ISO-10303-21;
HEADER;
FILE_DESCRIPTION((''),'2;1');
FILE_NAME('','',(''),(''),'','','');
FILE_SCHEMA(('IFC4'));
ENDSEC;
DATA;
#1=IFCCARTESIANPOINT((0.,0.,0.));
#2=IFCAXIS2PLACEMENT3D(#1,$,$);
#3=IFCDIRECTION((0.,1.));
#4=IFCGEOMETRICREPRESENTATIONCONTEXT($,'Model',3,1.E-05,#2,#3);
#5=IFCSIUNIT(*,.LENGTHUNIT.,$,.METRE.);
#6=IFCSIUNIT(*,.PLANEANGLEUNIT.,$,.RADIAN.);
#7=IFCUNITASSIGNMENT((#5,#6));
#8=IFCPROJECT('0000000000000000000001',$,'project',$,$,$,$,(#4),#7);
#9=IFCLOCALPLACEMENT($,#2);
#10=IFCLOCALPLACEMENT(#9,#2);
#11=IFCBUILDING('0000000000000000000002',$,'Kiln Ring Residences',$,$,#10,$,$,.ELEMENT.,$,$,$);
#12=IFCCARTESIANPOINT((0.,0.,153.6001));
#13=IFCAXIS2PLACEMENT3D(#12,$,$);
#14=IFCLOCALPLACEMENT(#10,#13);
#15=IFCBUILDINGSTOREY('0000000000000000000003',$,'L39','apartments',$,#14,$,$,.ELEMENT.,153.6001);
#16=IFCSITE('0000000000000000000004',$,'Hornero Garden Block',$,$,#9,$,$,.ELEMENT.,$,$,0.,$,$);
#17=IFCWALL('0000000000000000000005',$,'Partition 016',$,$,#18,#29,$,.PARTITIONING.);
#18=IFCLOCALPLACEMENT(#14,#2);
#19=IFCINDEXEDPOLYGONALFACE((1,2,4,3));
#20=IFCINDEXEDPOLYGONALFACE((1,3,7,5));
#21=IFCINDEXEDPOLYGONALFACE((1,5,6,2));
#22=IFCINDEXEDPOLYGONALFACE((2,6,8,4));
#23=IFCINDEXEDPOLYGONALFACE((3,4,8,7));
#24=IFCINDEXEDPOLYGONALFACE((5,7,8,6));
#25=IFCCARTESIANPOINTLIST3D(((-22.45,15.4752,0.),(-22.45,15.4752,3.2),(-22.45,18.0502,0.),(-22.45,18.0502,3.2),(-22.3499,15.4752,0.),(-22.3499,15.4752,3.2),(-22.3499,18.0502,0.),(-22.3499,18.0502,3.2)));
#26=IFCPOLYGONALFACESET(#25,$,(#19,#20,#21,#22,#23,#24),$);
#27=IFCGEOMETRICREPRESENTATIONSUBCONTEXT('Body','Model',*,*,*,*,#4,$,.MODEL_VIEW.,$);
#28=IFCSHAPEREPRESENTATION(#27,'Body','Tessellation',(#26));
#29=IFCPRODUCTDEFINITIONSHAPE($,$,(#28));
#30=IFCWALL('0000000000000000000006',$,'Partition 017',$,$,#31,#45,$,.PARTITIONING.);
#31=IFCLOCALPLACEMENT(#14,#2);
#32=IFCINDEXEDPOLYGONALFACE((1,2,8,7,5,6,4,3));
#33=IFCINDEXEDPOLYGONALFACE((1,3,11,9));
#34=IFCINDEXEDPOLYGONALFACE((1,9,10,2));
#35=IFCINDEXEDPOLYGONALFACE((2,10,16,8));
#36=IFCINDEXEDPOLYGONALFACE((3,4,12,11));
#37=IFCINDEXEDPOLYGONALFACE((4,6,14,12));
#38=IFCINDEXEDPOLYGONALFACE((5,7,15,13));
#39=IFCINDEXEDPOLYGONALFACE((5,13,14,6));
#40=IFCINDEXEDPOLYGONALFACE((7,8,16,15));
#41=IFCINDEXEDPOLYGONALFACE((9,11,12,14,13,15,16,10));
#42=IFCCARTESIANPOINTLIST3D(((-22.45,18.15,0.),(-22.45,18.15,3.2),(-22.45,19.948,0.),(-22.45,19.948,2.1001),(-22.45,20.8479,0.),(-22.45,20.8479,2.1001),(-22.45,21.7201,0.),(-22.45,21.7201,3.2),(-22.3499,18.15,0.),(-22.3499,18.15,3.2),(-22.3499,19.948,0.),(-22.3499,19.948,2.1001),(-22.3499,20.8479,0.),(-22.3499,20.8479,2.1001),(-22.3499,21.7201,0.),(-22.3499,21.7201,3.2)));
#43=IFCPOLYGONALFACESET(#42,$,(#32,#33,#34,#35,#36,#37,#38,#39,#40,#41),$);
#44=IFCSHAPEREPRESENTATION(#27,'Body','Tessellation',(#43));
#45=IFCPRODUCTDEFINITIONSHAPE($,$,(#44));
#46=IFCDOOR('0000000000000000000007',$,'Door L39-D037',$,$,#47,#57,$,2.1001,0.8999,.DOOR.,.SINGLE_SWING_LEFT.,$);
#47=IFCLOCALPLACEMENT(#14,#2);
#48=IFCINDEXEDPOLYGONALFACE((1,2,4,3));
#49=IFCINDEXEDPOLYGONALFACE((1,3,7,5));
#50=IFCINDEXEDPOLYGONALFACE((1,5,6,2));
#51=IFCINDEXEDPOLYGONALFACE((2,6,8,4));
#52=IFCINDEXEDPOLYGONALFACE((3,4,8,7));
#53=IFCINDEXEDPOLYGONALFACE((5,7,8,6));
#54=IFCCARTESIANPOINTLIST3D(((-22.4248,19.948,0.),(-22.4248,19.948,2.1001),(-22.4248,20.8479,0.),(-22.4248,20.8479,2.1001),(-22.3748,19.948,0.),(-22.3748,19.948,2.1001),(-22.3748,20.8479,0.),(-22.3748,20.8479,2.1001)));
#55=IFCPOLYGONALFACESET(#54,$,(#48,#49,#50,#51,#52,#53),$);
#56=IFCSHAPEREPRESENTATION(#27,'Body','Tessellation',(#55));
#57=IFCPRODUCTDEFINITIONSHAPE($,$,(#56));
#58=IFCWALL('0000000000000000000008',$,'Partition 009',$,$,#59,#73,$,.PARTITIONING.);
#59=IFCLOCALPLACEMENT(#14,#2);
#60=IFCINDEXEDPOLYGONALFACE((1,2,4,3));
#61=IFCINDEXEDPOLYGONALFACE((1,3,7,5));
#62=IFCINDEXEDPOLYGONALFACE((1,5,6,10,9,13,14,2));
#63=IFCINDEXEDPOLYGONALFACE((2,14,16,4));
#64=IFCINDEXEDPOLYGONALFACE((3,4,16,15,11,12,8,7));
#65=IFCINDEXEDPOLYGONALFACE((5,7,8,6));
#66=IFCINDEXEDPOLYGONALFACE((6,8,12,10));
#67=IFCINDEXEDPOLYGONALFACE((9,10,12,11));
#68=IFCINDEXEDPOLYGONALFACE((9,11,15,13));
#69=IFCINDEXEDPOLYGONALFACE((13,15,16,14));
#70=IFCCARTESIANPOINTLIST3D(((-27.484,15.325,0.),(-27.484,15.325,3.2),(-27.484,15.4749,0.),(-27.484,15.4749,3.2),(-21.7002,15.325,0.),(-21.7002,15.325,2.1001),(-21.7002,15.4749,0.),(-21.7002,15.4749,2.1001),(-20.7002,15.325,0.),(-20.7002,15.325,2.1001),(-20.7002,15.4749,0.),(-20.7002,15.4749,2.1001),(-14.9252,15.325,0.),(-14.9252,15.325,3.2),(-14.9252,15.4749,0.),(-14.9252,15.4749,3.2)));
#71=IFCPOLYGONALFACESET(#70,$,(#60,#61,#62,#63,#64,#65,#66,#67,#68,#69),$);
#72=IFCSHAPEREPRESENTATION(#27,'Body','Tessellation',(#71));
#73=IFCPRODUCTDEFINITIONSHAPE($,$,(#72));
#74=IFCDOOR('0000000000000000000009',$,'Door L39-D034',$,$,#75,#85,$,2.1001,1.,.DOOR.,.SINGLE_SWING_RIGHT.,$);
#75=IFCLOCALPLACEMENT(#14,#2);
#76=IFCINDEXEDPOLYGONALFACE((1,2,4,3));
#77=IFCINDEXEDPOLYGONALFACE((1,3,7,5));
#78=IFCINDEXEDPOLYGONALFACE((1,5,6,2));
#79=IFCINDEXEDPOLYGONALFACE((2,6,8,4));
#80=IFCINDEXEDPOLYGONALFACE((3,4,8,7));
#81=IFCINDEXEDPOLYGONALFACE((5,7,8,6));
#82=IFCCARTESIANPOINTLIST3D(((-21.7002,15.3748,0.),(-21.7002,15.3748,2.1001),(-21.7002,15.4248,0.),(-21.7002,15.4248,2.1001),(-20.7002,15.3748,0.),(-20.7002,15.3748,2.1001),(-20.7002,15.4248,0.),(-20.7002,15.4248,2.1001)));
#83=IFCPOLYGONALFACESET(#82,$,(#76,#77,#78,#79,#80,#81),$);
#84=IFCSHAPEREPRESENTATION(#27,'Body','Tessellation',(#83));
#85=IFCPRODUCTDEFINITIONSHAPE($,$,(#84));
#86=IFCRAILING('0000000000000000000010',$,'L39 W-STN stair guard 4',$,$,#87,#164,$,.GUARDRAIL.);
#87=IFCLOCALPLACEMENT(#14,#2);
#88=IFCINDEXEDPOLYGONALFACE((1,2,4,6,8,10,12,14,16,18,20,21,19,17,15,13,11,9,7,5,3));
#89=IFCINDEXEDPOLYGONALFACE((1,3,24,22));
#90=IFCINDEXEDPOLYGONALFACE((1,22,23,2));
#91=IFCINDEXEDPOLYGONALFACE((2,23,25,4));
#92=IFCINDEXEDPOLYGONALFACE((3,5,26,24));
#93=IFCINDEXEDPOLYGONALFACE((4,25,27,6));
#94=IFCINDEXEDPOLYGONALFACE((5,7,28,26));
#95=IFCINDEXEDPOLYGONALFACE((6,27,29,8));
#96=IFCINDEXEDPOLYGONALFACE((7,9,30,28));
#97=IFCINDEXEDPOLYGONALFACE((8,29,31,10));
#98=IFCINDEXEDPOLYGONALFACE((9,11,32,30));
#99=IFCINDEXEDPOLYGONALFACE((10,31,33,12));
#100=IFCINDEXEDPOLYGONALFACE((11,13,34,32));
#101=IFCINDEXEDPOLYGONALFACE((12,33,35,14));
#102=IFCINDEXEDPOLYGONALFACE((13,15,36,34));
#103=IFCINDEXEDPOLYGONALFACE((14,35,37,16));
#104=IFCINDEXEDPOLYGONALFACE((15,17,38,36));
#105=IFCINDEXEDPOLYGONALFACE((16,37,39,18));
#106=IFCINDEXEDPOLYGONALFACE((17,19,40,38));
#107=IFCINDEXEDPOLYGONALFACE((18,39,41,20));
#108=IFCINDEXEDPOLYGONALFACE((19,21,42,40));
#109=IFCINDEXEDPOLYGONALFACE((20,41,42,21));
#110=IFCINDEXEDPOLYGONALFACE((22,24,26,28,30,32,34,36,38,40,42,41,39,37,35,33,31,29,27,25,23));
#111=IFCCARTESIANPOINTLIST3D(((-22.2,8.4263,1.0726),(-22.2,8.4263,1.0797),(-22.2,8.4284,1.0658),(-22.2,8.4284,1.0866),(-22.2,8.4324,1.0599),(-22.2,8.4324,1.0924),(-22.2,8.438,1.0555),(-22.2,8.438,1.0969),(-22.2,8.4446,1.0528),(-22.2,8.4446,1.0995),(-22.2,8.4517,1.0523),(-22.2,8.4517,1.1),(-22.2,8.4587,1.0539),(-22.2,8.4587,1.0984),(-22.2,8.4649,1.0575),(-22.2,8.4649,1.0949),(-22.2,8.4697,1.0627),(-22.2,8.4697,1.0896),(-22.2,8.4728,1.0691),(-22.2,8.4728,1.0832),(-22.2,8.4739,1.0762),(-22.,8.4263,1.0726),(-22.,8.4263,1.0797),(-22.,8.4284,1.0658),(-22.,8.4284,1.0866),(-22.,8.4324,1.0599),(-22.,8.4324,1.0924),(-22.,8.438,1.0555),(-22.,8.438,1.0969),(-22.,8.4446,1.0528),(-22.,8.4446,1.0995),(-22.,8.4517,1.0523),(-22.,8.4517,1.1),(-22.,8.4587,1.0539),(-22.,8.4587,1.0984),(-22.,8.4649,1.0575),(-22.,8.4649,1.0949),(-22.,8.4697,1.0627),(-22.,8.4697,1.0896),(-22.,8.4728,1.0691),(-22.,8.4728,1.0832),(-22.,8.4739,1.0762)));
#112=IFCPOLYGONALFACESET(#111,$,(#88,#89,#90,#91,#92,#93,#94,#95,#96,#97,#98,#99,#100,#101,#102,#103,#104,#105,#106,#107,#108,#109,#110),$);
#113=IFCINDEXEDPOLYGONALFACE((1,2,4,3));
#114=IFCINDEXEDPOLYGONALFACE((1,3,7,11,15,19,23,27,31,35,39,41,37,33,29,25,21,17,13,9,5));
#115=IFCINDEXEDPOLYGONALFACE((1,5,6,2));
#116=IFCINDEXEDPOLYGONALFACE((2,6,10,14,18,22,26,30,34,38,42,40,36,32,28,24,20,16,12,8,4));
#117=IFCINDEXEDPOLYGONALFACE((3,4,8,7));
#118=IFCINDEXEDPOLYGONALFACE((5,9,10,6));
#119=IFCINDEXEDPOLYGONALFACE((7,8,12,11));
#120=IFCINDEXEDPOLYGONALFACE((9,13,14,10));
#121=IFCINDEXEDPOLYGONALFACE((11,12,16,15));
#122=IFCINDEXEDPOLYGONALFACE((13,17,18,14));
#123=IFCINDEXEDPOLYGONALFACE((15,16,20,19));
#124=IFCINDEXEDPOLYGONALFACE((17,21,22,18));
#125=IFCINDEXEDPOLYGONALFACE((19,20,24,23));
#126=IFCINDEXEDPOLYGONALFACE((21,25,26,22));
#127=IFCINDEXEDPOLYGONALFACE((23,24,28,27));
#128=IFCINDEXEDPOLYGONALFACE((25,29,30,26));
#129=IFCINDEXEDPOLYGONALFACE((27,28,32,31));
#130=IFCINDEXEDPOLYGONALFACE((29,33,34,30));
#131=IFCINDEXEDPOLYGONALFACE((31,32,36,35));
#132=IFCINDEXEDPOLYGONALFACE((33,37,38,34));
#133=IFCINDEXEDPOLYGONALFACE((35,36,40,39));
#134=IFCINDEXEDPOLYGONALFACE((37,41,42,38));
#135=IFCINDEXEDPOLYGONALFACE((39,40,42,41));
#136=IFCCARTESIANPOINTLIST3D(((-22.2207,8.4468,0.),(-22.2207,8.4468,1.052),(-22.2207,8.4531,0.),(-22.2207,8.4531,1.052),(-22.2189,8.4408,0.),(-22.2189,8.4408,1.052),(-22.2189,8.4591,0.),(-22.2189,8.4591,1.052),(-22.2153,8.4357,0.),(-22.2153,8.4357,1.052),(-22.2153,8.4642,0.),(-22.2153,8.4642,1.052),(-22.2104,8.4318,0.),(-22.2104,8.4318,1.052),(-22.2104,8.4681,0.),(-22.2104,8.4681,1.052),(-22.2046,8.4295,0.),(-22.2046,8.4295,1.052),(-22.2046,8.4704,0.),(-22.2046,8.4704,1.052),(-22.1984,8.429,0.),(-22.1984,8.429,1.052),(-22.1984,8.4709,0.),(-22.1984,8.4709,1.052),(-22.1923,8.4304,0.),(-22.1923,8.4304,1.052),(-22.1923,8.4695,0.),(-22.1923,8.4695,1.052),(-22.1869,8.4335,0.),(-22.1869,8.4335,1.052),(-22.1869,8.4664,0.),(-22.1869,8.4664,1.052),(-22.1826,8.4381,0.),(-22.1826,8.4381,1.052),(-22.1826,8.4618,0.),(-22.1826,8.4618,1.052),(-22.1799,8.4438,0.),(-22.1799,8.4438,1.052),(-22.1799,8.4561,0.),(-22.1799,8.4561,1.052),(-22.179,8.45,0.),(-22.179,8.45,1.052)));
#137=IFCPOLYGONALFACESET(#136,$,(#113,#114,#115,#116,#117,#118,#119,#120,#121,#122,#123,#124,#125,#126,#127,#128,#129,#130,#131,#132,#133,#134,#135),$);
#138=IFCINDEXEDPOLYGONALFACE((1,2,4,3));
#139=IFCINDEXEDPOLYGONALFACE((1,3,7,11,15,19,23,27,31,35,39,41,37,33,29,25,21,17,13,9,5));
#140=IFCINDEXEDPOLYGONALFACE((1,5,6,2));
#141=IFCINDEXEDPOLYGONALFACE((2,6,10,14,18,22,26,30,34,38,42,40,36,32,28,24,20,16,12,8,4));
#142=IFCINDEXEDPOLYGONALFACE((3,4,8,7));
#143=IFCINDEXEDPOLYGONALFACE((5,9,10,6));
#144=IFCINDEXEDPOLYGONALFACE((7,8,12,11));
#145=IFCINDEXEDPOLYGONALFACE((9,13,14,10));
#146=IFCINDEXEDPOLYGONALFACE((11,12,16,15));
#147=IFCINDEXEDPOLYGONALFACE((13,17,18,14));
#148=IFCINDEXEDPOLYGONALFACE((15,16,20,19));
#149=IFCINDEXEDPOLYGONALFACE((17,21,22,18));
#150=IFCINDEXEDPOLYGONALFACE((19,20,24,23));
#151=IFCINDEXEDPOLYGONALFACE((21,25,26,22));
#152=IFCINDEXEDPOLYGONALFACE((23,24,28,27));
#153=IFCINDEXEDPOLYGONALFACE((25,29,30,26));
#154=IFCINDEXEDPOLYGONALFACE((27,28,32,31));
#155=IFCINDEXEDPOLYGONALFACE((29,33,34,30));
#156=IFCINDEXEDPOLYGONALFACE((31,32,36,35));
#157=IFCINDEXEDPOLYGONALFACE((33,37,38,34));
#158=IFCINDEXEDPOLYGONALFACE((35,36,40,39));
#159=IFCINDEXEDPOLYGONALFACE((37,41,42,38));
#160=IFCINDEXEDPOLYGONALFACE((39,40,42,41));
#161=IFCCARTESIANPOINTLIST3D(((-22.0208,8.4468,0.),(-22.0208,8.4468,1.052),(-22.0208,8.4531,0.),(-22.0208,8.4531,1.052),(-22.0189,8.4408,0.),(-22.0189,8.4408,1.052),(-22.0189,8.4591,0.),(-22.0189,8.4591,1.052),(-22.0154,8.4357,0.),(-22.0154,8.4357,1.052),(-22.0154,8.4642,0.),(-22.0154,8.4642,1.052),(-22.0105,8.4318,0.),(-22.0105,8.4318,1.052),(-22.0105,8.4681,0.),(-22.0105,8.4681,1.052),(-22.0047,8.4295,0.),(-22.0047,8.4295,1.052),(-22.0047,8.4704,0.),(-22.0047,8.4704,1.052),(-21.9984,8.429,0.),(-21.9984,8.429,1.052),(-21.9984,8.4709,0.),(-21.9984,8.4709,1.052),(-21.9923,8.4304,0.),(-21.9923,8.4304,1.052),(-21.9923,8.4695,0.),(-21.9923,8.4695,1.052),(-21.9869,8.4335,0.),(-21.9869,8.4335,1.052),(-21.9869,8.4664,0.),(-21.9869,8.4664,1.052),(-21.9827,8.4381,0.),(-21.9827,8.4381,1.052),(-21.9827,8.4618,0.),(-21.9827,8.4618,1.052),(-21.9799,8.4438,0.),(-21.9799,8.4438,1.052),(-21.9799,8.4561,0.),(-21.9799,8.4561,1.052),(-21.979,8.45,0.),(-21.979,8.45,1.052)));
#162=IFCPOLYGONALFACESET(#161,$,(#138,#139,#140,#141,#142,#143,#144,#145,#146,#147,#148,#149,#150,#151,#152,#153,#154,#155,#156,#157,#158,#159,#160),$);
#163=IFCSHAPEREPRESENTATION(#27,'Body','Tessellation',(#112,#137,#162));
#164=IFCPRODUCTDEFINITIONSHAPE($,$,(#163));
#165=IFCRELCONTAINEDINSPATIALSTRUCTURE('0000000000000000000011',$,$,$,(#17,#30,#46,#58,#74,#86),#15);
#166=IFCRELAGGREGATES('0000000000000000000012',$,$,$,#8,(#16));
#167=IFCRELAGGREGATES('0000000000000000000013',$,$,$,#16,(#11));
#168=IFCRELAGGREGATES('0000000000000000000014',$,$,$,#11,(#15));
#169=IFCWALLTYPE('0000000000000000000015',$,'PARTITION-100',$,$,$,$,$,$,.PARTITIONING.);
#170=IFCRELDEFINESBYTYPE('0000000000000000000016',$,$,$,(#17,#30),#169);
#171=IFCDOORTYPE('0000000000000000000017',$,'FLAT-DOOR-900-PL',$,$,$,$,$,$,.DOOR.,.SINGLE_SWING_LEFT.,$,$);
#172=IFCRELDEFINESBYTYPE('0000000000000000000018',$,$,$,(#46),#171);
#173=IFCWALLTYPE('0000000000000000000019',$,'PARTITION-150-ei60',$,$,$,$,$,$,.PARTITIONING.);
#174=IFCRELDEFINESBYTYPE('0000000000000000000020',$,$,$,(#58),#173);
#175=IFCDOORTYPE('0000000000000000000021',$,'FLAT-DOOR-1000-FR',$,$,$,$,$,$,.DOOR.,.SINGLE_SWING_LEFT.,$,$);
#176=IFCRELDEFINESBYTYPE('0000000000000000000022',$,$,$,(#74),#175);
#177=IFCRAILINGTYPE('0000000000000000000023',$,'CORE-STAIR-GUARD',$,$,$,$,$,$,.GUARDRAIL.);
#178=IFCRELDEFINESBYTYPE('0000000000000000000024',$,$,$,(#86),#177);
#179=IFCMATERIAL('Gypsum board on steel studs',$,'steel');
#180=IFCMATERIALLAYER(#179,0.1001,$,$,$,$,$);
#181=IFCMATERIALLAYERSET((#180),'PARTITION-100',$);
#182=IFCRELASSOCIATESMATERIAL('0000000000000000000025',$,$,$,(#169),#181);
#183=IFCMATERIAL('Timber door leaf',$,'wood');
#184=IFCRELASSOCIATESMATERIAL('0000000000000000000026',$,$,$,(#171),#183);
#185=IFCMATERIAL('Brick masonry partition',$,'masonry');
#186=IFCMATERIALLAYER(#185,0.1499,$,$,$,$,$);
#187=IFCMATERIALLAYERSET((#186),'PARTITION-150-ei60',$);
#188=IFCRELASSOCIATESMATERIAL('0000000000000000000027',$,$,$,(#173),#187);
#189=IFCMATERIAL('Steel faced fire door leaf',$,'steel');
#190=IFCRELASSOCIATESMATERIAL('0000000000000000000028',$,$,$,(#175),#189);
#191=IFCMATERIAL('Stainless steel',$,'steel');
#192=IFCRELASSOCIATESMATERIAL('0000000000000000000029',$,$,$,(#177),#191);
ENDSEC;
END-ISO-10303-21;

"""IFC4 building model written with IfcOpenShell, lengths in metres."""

from ifc_helpers import new_model, si_unit, direction, frame, frame_2d, origin, origin_2d, place, context, subcontext, project, spatial, rectangle, circle, extrude, material, layer, layer_set, type_object, element, fill, save


model = new_model("IFC4")

# Units and contexts
model_context = context("Model", 3, precision=1e-05, world=origin(), true_north=direction((0.0, 1.0)))
body_context = subcontext(model_context, "Body", "Model", "MODEL_VIEW")
ifc_project = project(units=[si_unit("LENGTHUNIT", "METRE"), si_unit("PLANEANGLEUNIT", "RADIAN")], contexts=[model_context])

# Site, building, storey
site_placement = place(None, origin())
site = spatial("IfcSite", under=ifc_project, at=site_placement, Name="Hornero Garden Block", CompositionType="ELEMENT", RefElevation=0.0)
building_placement = place(site_placement, origin())
building = spatial("IfcBuilding", under=site, at=building_placement, Name="Kiln Ring Residences", CompositionType="ELEMENT")
storey_placement = place(building_placement, frame((0.0, 0.0, 153.6001)))
storey = spatial("IfcBuildingStorey", under=building, at=storey_placement, Name="L39", Description="apartments", CompositionType="ELEMENT", Elevation=153.6001)

# Shared definitions
ifc_material_1 = material(Name="Gypsum board on steel studs", Category="steel")
ifc_layer_1 = layer(ifc_material_1, 0.1001)
ifc_layer_set_1 = layer_set([ifc_layer_1], Name="PARTITION-100")
wall_type_1 = type_object("IfcWallType", Name="PARTITION-100", PredefinedType="PARTITIONING", material=ifc_layer_set_1)
ifc_material_2 = material(Name="Timber door leaf", Category="wood")
door_type_1 = type_object("IfcDoorType", Name="FLAT-DOOR-900-PL", OperationType="SINGLE_SWING_LEFT", PredefinedType="DOOR", material=ifc_material_2)

# Wall
wall_1_placement = place(storey_placement, frame((-22.3999, 15.4751, 0.0), z_axis=(0.0, 0.0, 1.0), x_axis=(0.0, 1.0, 0.0)))
element("IfcWall", 1, at=wall_1_placement, inside=storey, type_object=wall_type_1, Name="Partition 016", PredefinedType="PARTITIONING", context=body_context, shape_type="SweptSolid", body=[
    extrude(rectangle(XDim=2.575, YDim=0.1001, at=frame_2d((1.2876, 0.0))), origin(), (0.0, 0.0, 1.0), 3.2),
])

# Walls, openings, doors
wall_2_placement = place(storey_placement, frame((-22.3999, 18.1499, 0.0), z_axis=(0.0, 0.0, 1.0), x_axis=(0.0, 1.0, 0.0)))
wall_2 = element("IfcWall", 2, at=wall_2_placement, inside=storey, type_object=wall_type_1, Name="Partition 017", PredefinedType="PARTITIONING", context=body_context, shape_type="SweptSolid", body=[
    extrude(rectangle(XDim=3.5701, YDim=0.1001, at=frame_2d((1.7852, 0.0))), origin(), (0.0, 0.0, 1.0), 3.2),
])
opening_1_placement = place(wall_2_placement, frame((1.7981, 0.0, 0.0)))
opening_1 = element("IfcOpeningElement", 3, at=opening_1_placement, cuts=wall_2, PredefinedType="OPENING", context=body_context, shape_type="SweptSolid", body=[
    extrude(rectangle(XDim=0.8999, YDim=2.1001, at=frame_2d((0.45, 1.05))), frame((0.0, 0.0601, 0.0), z_axis=(0.0, -1.0, 0.0), x_axis=(1.0, 0.0, 0.0)), (0.0, 0.0, 1.0), 0.1201),
])
door_1_placement = place(opening_1_placement, origin())
door_1 = element("IfcDoor", 4, at=door_1_placement, inside=storey, type_object=door_type_1, Name="Door L39-D037", OperationType="SINGLE_SWING_LEFT", OverallHeight=2.1001, OverallWidth=0.8999, PredefinedType="DOOR", context=body_context, shape_type="SweptSolid", body=[
    extrude(rectangle(XDim=0.8999, YDim=2.1001, at=frame_2d((0.45, 1.05))), frame((0.0, 0.0249, 0.0), z_axis=(0.0, -1.0, 0.0), x_axis=(1.0, 0.0, 0.0)), (0.0, 0.0, 1.0), 0.05),
])
fill(opening_1, door_1)
ifc_material_3 = material(Name="Brick masonry partition", Category="masonry")
ifc_layer_2 = layer(ifc_material_3, 0.1499)
ifc_layer_set_2 = layer_set([ifc_layer_2], Name="PARTITION-150-ei60")
wall_type_2 = type_object("IfcWallType", Name="PARTITION-150-ei60", PredefinedType="PARTITIONING", material=ifc_layer_set_2)
wall_3_placement = place(storey_placement, frame((-27.4839, 15.3999, 0.0), z_axis=(0.0, 0.0, 1.0), x_axis=(1.0, 0.0, 0.0)))
wall_3 = element("IfcWall", 5, at=wall_3_placement, inside=storey, type_object=wall_type_2, Name="Partition 009", PredefinedType="PARTITIONING", context=body_context, shape_type="SweptSolid", body=[
    extrude(rectangle(XDim=12.5588, YDim=0.1499, at=frame_2d((6.2793, 0.0))), origin(), (0.0, 0.0, 1.0), 3.2),
])
opening_2_placement = place(wall_3_placement, frame((5.7837, 0.0, 0.0)))
opening_2 = element("IfcOpeningElement", 6, at=opening_2_placement, cuts=wall_3, PredefinedType="OPENING", context=body_context, shape_type="SweptSolid", body=[
    extrude(rectangle(XDim=1.0, YDim=2.1001, at=frame_2d((0.5, 1.05))), frame((0.0, 0.085, 0.0), z_axis=(0.0, -1.0, 0.0), x_axis=(1.0, 0.0, 0.0)), (0.0, 0.0, 1.0), 0.1699),
])
ifc_material_4 = material(Name="Steel faced fire door leaf", Category="steel")
door_type_2 = type_object("IfcDoorType", Name="FLAT-DOOR-1000-FR", OperationType="SINGLE_SWING_LEFT", PredefinedType="DOOR", material=ifc_material_4)
door_2_placement = place(opening_2_placement, origin())
door_2 = element("IfcDoor", 7, at=door_2_placement, inside=storey, type_object=door_type_2, Name="Door L39-D034", OperationType="SINGLE_SWING_RIGHT", OverallHeight=2.1001, OverallWidth=1.0, PredefinedType="DOOR", context=body_context, shape_type="SweptSolid", body=[
    extrude(rectangle(XDim=1.0, YDim=2.1001, at=frame_2d((0.5, 1.05))), frame((0.0, 0.0249, 0.0), z_axis=(0.0, -1.0, 0.0), x_axis=(1.0, 0.0, 0.0)), (0.0, 0.0, 1.0), 0.05),
])
fill(opening_2, door_2)

# Railing
ifc_material_5 = material(Name="Stainless steel", Category="steel")
railing_type = type_object("IfcRailingType", Name="CORE-STAIR-GUARD", PredefinedType="GUARDRAIL", material=ifc_material_5)
railing_placement = place(storey_placement, frame((-22.2, 8.45, 0.0)))
element("IfcRailing", 8, at=railing_placement, inside=storey, type_object=railing_type, Name="L39 W-STN stair guard 4", PredefinedType="GUARDRAIL", context=body_context, shape_type="SweptSolid", body=[
    extrude(circle(Radius=0.0239, at=origin_2d()), frame((0.0, 0.0, 1.0762), z_axis=(1.0, 0.0, 0.0), x_axis=(0.0, 1.0, 0.0)), (0.0, 0.0, 1.0), 0.2),
    extrude(circle(Radius=0.021, at=origin_2d()), origin(), (0.0, 0.0, 1.0), 1.052),
    extrude(circle(Radius=0.021, at=origin_2d()), frame((0.2, 0.0, 0.0)), (0.0, 0.0, 1.0), 1.052),
])

save(model, "model.ifc")
